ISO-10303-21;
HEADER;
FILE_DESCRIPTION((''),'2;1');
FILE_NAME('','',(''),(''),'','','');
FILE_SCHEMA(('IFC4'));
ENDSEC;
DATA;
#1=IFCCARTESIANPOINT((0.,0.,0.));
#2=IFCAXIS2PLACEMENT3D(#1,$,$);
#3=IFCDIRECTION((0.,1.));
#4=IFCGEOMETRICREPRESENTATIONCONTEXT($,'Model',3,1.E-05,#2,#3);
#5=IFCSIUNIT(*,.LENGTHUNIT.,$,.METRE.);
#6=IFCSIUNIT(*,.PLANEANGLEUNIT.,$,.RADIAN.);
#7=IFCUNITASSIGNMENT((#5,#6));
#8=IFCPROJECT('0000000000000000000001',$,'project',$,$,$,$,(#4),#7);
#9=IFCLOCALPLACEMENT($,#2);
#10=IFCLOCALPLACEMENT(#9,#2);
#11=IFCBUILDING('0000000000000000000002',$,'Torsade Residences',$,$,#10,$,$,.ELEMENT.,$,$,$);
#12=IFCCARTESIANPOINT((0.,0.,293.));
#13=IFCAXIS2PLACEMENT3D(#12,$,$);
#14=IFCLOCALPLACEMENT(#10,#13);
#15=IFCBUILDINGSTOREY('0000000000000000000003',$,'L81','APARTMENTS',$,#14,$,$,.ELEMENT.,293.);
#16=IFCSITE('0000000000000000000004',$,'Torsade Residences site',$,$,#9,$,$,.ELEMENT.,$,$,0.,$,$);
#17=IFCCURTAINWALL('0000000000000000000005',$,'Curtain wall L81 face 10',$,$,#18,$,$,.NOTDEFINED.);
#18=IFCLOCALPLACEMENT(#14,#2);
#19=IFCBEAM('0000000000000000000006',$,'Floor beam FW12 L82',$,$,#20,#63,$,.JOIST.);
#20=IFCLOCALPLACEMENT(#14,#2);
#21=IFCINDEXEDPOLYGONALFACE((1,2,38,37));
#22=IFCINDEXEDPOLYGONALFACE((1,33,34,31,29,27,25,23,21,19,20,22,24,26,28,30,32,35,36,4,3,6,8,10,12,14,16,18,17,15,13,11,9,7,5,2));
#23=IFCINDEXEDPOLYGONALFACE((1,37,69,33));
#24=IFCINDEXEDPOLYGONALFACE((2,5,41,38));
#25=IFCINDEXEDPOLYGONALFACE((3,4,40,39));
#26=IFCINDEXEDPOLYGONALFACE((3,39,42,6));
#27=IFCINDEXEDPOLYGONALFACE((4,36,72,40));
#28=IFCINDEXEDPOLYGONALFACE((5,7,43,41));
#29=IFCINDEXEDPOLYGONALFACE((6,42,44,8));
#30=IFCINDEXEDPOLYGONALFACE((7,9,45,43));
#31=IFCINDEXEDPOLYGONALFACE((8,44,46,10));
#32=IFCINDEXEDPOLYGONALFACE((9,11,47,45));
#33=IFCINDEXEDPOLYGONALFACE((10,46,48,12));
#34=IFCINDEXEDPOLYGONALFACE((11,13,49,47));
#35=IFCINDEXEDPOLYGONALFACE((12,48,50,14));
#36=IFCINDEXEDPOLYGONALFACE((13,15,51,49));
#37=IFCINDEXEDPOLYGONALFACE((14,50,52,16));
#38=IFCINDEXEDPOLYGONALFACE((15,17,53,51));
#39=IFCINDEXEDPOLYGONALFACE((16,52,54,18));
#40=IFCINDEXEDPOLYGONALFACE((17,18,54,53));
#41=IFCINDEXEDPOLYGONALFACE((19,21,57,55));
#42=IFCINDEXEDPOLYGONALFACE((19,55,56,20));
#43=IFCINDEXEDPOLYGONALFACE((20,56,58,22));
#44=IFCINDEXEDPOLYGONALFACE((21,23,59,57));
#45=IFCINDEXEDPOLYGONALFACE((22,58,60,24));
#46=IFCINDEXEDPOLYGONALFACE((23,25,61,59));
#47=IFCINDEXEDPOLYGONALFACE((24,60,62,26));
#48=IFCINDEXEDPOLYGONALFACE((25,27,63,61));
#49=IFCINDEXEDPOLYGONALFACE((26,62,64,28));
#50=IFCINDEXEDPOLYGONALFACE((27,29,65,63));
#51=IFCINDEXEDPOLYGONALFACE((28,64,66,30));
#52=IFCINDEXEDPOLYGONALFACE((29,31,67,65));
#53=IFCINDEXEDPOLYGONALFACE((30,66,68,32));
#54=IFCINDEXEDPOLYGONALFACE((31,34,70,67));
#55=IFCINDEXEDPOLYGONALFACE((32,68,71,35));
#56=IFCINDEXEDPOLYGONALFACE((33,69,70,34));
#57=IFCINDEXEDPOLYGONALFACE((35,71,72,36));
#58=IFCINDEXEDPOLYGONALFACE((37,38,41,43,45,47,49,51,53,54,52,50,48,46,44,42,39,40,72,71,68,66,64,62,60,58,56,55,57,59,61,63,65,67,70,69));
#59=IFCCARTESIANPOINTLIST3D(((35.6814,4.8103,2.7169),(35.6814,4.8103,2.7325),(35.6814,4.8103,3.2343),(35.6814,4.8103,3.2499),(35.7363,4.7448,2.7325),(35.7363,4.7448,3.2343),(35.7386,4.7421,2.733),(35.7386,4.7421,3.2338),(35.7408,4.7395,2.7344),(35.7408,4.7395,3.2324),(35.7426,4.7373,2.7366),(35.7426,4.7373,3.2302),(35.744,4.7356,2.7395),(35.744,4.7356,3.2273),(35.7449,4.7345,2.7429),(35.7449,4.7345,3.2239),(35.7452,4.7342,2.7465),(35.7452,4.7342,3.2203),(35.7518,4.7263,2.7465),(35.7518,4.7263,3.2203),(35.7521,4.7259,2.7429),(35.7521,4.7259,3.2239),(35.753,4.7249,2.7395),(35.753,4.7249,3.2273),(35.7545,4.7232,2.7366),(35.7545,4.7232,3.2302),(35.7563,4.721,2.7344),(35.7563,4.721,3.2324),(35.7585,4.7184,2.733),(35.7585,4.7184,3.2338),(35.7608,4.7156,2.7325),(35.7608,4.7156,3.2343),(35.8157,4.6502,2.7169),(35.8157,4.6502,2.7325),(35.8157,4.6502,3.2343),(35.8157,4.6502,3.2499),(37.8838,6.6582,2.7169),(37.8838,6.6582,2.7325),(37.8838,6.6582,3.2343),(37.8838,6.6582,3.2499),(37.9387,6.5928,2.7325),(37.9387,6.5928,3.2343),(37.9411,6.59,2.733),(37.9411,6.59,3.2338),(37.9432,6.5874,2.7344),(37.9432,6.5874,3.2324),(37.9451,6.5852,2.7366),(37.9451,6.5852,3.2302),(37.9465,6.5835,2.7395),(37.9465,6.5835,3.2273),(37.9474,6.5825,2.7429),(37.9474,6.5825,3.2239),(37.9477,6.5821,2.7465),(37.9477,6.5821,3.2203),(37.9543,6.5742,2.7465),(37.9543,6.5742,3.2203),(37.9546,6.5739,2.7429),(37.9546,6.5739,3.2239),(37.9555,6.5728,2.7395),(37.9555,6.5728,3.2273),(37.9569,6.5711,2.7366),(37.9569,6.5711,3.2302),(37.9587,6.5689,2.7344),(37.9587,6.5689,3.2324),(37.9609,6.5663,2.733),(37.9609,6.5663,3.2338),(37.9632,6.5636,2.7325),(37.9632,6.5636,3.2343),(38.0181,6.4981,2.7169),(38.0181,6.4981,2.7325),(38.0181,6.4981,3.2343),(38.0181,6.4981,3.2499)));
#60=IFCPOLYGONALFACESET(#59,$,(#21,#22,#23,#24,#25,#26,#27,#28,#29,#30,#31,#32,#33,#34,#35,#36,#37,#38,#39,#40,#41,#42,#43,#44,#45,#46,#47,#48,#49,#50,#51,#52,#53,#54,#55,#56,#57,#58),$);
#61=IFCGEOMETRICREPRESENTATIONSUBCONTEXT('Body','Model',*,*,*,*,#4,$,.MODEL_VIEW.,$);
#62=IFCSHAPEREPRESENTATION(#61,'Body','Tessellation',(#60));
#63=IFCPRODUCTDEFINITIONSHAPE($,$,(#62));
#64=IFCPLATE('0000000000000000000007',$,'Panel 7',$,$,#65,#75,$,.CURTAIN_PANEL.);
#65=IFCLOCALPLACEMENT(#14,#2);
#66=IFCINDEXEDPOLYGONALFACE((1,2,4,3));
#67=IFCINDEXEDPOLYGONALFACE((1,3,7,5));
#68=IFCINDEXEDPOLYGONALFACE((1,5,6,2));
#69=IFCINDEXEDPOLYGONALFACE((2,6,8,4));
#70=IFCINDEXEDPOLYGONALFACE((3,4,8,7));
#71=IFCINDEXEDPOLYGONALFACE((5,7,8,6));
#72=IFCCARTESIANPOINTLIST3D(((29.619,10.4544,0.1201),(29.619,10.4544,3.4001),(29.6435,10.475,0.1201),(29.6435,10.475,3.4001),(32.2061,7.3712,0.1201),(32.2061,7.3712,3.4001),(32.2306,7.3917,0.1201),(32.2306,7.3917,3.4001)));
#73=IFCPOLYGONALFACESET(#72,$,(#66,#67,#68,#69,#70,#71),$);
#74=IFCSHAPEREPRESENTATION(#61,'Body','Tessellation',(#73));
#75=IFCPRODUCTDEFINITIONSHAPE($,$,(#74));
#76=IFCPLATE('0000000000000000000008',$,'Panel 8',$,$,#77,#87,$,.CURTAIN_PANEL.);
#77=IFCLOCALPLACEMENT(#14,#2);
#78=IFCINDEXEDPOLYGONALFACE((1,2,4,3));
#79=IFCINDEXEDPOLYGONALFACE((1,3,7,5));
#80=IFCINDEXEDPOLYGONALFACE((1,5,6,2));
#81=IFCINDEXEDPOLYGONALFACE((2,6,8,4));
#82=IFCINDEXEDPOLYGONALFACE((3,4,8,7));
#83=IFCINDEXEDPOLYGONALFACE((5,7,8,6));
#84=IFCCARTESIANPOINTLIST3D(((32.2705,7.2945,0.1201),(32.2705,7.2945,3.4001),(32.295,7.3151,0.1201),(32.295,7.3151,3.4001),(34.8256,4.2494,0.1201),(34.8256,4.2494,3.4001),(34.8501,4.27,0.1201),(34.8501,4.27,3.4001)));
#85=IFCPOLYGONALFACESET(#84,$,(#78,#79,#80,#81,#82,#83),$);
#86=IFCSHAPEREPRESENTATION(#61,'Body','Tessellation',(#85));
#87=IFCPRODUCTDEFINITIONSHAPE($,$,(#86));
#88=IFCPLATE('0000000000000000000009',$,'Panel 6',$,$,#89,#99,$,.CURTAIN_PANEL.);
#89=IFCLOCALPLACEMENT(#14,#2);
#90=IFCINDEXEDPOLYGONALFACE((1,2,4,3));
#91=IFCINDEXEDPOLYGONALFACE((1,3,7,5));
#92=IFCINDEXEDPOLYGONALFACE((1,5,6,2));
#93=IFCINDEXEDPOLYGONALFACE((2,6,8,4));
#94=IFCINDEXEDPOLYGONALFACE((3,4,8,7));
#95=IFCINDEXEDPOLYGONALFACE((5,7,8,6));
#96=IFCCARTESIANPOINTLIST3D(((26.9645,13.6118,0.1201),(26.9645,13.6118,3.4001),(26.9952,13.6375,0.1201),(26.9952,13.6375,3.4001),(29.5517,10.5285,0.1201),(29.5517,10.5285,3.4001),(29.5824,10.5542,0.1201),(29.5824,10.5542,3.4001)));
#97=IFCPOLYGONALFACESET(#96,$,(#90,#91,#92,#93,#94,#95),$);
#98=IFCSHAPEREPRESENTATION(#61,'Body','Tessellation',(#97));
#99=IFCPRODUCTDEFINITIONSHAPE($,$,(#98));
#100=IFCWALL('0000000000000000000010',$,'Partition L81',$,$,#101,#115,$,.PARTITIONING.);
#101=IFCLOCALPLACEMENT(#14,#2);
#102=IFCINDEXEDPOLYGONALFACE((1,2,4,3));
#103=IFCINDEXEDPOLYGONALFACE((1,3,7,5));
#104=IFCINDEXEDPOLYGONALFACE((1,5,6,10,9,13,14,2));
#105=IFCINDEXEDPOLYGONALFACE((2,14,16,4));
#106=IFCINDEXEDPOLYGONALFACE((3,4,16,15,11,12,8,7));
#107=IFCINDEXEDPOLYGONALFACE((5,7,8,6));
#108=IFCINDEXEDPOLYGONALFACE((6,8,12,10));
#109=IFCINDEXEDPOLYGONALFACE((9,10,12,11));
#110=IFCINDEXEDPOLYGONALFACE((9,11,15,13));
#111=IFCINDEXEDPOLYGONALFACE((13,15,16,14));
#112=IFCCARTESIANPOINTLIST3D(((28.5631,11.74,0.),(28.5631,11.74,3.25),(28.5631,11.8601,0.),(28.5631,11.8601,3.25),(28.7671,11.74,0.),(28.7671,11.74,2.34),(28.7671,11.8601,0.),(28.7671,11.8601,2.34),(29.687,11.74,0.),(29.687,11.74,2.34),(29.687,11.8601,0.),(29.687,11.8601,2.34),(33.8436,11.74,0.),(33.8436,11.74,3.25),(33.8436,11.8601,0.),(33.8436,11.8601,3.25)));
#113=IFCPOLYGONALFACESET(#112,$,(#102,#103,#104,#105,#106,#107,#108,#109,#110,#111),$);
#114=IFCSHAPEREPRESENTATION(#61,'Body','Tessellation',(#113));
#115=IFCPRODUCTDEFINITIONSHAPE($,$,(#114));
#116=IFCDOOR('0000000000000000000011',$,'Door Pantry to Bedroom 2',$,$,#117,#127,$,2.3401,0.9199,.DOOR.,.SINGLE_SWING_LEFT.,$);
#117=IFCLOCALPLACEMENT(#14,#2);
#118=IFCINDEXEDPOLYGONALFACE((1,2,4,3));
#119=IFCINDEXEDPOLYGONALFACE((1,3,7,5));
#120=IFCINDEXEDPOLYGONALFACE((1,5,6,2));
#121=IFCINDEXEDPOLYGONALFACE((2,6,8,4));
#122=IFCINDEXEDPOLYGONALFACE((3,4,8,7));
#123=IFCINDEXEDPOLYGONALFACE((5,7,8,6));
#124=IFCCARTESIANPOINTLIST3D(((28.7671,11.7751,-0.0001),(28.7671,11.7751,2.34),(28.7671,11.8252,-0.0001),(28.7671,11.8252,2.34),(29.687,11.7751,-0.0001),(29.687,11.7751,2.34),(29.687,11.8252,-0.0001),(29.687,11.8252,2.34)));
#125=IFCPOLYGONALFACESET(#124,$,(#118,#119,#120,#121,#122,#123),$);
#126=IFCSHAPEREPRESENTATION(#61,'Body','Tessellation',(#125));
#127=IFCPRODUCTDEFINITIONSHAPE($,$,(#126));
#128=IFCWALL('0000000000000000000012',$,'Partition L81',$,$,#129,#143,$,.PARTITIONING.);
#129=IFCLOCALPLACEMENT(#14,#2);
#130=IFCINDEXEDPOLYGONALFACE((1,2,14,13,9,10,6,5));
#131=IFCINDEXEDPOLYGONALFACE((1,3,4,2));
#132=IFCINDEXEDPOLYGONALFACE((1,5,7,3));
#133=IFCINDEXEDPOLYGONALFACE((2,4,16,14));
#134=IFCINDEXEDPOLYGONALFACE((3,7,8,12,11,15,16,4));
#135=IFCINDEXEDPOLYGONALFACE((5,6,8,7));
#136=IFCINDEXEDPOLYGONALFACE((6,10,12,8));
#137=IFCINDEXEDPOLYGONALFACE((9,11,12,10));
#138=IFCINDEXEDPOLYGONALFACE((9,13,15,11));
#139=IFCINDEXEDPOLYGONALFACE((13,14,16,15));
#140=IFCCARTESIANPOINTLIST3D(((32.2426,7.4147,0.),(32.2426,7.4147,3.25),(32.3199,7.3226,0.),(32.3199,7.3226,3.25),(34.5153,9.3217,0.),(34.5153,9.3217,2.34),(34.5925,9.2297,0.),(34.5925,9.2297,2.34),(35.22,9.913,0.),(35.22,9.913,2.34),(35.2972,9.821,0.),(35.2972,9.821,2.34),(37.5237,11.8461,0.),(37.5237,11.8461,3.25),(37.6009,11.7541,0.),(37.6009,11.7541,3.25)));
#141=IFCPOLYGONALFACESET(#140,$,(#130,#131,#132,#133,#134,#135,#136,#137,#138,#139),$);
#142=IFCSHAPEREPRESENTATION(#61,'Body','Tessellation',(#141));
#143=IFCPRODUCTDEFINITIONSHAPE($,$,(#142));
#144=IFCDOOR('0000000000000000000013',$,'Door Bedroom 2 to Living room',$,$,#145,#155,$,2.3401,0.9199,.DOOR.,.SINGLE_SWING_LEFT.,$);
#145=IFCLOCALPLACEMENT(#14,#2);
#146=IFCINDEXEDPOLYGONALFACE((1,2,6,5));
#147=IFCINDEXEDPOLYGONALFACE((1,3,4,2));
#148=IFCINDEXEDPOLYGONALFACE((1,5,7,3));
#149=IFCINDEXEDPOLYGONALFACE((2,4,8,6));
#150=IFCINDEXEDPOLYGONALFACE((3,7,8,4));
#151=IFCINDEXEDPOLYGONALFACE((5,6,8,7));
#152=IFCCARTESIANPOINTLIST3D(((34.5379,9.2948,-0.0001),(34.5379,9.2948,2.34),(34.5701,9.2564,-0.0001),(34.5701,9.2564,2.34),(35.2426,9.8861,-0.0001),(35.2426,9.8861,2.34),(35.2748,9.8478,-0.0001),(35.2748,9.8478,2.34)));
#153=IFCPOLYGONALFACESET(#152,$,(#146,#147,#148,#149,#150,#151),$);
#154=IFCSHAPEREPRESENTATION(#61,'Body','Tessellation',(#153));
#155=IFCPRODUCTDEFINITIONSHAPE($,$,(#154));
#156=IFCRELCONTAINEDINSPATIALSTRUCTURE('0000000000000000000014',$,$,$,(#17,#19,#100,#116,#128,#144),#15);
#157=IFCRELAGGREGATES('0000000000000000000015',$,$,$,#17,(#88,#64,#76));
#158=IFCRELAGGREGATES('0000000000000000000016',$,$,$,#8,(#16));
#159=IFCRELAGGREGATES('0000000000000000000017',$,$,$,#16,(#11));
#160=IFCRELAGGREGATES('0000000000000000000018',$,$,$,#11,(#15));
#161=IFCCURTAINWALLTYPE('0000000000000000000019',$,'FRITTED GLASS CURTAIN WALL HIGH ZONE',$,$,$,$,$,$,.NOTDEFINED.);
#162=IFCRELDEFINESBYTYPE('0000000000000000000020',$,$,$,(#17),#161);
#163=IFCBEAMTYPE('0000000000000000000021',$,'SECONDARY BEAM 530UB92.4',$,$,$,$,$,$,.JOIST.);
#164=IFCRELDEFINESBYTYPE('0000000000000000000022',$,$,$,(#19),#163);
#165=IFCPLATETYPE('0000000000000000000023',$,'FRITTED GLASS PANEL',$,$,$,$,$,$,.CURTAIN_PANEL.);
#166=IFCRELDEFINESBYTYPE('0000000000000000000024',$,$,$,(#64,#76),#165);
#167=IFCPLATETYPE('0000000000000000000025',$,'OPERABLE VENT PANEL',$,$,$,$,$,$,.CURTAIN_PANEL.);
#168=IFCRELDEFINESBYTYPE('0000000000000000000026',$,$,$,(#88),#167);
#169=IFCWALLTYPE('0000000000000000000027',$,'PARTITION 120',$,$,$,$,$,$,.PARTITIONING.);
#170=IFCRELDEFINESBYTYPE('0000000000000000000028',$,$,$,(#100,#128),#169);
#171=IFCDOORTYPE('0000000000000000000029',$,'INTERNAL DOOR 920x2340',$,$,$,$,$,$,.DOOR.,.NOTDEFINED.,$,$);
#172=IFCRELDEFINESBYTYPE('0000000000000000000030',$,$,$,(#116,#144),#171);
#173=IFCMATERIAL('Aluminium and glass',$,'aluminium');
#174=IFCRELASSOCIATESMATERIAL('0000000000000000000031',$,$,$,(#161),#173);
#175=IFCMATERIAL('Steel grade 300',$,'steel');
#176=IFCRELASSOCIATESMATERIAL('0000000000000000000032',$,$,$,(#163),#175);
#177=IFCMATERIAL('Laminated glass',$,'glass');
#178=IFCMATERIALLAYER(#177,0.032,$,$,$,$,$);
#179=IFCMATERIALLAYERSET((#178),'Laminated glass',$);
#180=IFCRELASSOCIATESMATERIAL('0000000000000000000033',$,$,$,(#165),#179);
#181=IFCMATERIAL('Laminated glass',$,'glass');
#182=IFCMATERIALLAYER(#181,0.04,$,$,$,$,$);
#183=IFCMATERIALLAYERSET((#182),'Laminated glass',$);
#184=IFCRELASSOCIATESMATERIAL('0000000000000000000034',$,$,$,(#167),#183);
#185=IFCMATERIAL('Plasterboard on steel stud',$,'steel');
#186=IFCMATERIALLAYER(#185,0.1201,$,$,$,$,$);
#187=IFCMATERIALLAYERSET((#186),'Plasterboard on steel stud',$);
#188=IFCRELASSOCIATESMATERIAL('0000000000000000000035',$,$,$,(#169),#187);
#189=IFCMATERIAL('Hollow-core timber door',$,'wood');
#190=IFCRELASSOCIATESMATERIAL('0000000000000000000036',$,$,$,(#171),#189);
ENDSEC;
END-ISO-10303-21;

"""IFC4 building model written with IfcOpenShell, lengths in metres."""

from ifc_helpers import new_model, si_unit, direction, frame, frame_2d, origin, origin_2d, place, context, subcontext, project, spatial, rectangle, i_section, extrude, material, layer, layer_set, material_profile, profile_set, type_object, element, fill, aggregate, save


model = new_model("IFC4")

# Units and contexts
model_context = context("Model", 3, precision=1e-05, world=origin(), true_north=direction((0.0, 1.0)))
body_context = subcontext(model_context, "Body", "Model", "MODEL_VIEW")
ifc_project = project(units=[si_unit("LENGTHUNIT", "METRE"), si_unit("PLANEANGLEUNIT", "RADIAN")], contexts=[model_context])

# Site, building, storey
site_placement = place(None, origin())
site = spatial("IfcSite", under=ifc_project, at=site_placement, Name="Torsade Residences site", CompositionType="ELEMENT", RefElevation=0.0)
building_placement = place(site_placement, origin())
building = spatial("IfcBuilding", under=site, at=building_placement, Name="Torsade Residences", CompositionType="ELEMENT")
storey_placement = place(building_placement, frame((0.0, 0.0, 293.0)))
storey = spatial("IfcBuildingStorey", under=building, at=storey_placement, Name="L81", Description="APARTMENTS", CompositionType="ELEMENT", Elevation=293.0)

# Curtain wall
ifc_material_1 = material(Name="Aluminium and glass", Category="aluminium")
curtain_wall_type = type_object("IfcCurtainWallType", Name="FRITTED GLASS CURTAIN WALL HIGH ZONE", PredefinedType="NOTDEFINED", material=ifc_material_1)
curtain_wall_placement = place(storey_placement, origin())
curtain_wall = element("IfcCurtainWall", 1, at=curtain_wall_placement, inside=storey, type_object=curtain_wall_type, Name="Curtain wall L81 face 10", PredefinedType="NOTDEFINED")

# Beam
ifc_material_2 = material(Name="Steel grade 300", Category="steel")
ifc_material_profile_1 = material_profile(ifc_material_2, i_section(OverallWidth=0.209, OverallDepth=0.533, WebThickness=0.0103, FlangeThickness=0.0156, FilletRadius=0.0139, at=origin_2d()), Name="530UB92.4")
ifc_profile_set_1 = profile_set([ifc_material_profile_1], Name="Steel grade 300")
beam_type_1 = type_object("IfcBeamType", Name="SECONDARY BEAM 530UB92.4", PredefinedType="JOIST", material=ifc_profile_set_1)
beam_1_placement = place(storey_placement, frame((35.7485, 4.7302, 2.9834), z_axis=(0.766066, 0.642762, 0.0), x_axis=(-0.642762, 0.766066, 0.0)))
element("IfcBeam", 2, at=beam_1_placement, inside=storey, type_object=beam_type_1, Name="Floor beam FW12 L82", PredefinedType="JOIST", context=body_context, shape_type="SweptSolid", body=[
    extrude(i_section(OverallWidth=0.209, OverallDepth=0.533, WebThickness=0.0103, FlangeThickness=0.0156, FilletRadius=0.0139, at=origin_2d()), origin(), (0.0, 0.0, 1.0), 2.875),
])

# Plates
ifc_material_3 = material(Name="Laminated glass", Category="glass")
ifc_layer_1 = layer(ifc_material_3, 0.032)
ifc_layer_set_1 = layer_set([ifc_layer_1], Name="Laminated glass")
plate_type_1 = type_object("IfcPlateType", Name="FRITTED GLASS PANEL", PredefinedType="CURTAIN_PANEL", material=ifc_layer_set_1)
plate_1_placement = place(storey_placement, frame((30.9248, 8.9231, 0.1201), z_axis=(0.0, 0.0, 1.0), x_axis=(0.642788, -0.766044, 0.0)))
plate_1 = element("IfcPlate", 3, at=plate_1_placement, type_object=plate_type_1, Name="Panel 7", PredefinedType="CURTAIN_PANEL", context=body_context, shape_type="SweptSolid", body=[
    extrude(rectangle(XDim=4.0249, YDim=0.032, at=origin_2d()), origin(), (0.0, 0.0, 1.0), 3.28),
])
plate_2_placement = place(storey_placement, frame((33.5603, 5.7822, 0.1201), z_axis=(0.0, 0.0, 1.0), x_axis=(0.642788, -0.766044, 0.0)))
plate_2 = element("IfcPlate", 4, at=plate_2_placement, type_object=plate_type_1, Name="Panel 8", PredefinedType="CURTAIN_PANEL", context=body_context, shape_type="SweptSolid", body=[
    extrude(rectangle(XDim=3.9751, YDim=0.032, at=origin_2d()), origin(), (0.0, 0.0, 1.0), 3.28),
])
ifc_material_4 = material(Name="Laminated glass", Category="glass")
ifc_layer_2 = layer(ifc_material_4, 0.04)
ifc_layer_set_2 = layer_set([ifc_layer_2], Name="Laminated glass")
plate_type_2 = type_object("IfcPlateType", Name="OPERABLE VENT PANEL", PredefinedType="CURTAIN_PANEL", material=ifc_layer_set_2)
plate_3_placement = place(storey_placement, frame((28.2734, 12.083, 0.1201), z_axis=(0.0, 0.0, 1.0), x_axis=(0.642788, -0.766044, 0.0)))
plate_3 = element("IfcPlate", 5, at=plate_3_placement, type_object=plate_type_2, Name="Panel 6", PredefinedType="CURTAIN_PANEL", context=body_context, shape_type="SweptSolid", body=[
    extrude(rectangle(XDim=4.0249, YDim=0.04, at=origin_2d()), origin(), (0.0, 0.0, 1.0), 3.28),
])
aggregate(curtain_wall, [plate_3, plate_1, plate_2])

# Walls, openings, doors
ifc_material_5 = material(Name="Plasterboard on steel stud", Category="steel")
ifc_layer_3 = layer(ifc_material_5, 0.1201)
ifc_layer_set_3 = layer_set([ifc_layer_3], Name="Plasterboard on steel stud")
wall_type_1 = type_object("IfcWallType", Name="PARTITION 120", PredefinedType="PARTITIONING", material=ifc_layer_set_3)
wall_1_placement = place(storey_placement, frame((33.8435, 11.8, 0.0), z_axis=(0.0, 0.0, 1.0), x_axis=(-1.0, 0.0, 0.0)))
wall_1 = element("IfcWall", 6, at=wall_1_placement, inside=storey, type_object=wall_type_1, Name="Partition L81", PredefinedType="PARTITIONING", context=body_context, shape_type="SweptSolid", body=[
    extrude(rectangle(XDim=5.2805, YDim=0.1201, at=frame_2d((2.6401, 0.0))), origin(), (0.0, 0.0, 1.0), 3.25),
])
opening_1_placement = place(wall_1_placement, frame((4.1565, 0.0, 0.0)))
opening_1 = element("IfcOpeningElement", 7, at=opening_1_placement, cuts=wall_1, PredefinedType="OPENING", context=body_context, shape_type="SweptSolid", body=[
    extrude(rectangle(XDim=0.9199, YDim=2.3401, at=frame_2d((0.46, 1.1699))), frame((0.0, 0.0701, 0.0), z_axis=(0.0, -1.0, 0.0), x_axis=(1.0, 0.0, 0.0)), (0.0, 0.0, 1.0), 0.1401),
])
ifc_material_6 = material(Name="Hollow-core timber door", Category="wood")
door_type_1 = type_object("IfcDoorType", Name="INTERNAL DOOR 920x2340", OperationType="NOTDEFINED", PredefinedType="DOOR", material=ifc_material_6)
door_1_placement = place(opening_1_placement, origin())
door_1 = element("IfcDoor", 8, at=door_1_placement, inside=storey, type_object=door_type_1, Name="Door Pantry to Bedroom 2", OperationType="SINGLE_SWING_LEFT", OverallHeight=2.3401, OverallWidth=0.9199, PredefinedType="DOOR", context=body_context, shape_type="SweptSolid", body=[
    extrude(rectangle(XDim=0.9199, YDim=2.3401, at=frame_2d((0.46, 1.1699))), frame((0.0, 0.0249, 0.0), z_axis=(0.0, -1.0, 0.0), x_axis=(1.0, 0.0, 0.0)), (0.0, 0.0, 1.0), 0.05),
])
fill(opening_1, door_1)
wall_2_placement = place(storey_placement, frame((32.2812, 7.3687, 0.0), z_axis=(0.0, 0.0, 1.0), x_axis=(0.766037, 0.642797, 0.0)))
wall_2 = element("IfcWall", 9, at=wall_2_placement, inside=storey, type_object=wall_type_1, Name="Partition L81", PredefinedType="PARTITIONING", context=body_context, shape_type="SweptSolid", body=[
    extrude(rectangle(XDim=6.894, YDim=0.1201, at=frame_2d((3.447, 0.0))), origin(), (0.0, 0.0, 1.0), 3.25),
])
opening_2_placement = place(wall_2_placement, frame((2.9668, 0.0, 0.0)))
opening_2 = element("IfcOpeningElement", 10, at=opening_2_placement, cuts=wall_2, PredefinedType="OPENING", context=body_context, shape_type="SweptSolid", body=[
    extrude(rectangle(XDim=0.9199, YDim=2.3401, at=frame_2d((0.46, 1.1699))), frame((0.0, 0.0701, 0.0), z_axis=(0.0, -1.0, 0.0), x_axis=(1.0, 0.0, 0.0)), (0.0, 0.0, 1.0), 0.1401),
])
door_2_placement = place(opening_2_placement, origin())
door_2 = element("IfcDoor", 11, at=door_2_placement, inside=storey, type_object=door_type_1, Name="Door Bedroom 2 to Living room", OperationType="SINGLE_SWING_LEFT", OverallHeight=2.3401, OverallWidth=0.9199, PredefinedType="DOOR", context=body_context, shape_type="SweptSolid", body=[
    extrude(rectangle(XDim=0.9199, YDim=2.3401, at=frame_2d((0.46, 1.1699))), frame((0.0, 0.0249, 0.0), z_axis=(0.0, -1.0, 0.0), x_axis=(1.0, 0.0, 0.0)), (0.0, 0.0, 1.0), 0.05),
])
fill(opening_2, door_2)

save(model, "model.ifc")
